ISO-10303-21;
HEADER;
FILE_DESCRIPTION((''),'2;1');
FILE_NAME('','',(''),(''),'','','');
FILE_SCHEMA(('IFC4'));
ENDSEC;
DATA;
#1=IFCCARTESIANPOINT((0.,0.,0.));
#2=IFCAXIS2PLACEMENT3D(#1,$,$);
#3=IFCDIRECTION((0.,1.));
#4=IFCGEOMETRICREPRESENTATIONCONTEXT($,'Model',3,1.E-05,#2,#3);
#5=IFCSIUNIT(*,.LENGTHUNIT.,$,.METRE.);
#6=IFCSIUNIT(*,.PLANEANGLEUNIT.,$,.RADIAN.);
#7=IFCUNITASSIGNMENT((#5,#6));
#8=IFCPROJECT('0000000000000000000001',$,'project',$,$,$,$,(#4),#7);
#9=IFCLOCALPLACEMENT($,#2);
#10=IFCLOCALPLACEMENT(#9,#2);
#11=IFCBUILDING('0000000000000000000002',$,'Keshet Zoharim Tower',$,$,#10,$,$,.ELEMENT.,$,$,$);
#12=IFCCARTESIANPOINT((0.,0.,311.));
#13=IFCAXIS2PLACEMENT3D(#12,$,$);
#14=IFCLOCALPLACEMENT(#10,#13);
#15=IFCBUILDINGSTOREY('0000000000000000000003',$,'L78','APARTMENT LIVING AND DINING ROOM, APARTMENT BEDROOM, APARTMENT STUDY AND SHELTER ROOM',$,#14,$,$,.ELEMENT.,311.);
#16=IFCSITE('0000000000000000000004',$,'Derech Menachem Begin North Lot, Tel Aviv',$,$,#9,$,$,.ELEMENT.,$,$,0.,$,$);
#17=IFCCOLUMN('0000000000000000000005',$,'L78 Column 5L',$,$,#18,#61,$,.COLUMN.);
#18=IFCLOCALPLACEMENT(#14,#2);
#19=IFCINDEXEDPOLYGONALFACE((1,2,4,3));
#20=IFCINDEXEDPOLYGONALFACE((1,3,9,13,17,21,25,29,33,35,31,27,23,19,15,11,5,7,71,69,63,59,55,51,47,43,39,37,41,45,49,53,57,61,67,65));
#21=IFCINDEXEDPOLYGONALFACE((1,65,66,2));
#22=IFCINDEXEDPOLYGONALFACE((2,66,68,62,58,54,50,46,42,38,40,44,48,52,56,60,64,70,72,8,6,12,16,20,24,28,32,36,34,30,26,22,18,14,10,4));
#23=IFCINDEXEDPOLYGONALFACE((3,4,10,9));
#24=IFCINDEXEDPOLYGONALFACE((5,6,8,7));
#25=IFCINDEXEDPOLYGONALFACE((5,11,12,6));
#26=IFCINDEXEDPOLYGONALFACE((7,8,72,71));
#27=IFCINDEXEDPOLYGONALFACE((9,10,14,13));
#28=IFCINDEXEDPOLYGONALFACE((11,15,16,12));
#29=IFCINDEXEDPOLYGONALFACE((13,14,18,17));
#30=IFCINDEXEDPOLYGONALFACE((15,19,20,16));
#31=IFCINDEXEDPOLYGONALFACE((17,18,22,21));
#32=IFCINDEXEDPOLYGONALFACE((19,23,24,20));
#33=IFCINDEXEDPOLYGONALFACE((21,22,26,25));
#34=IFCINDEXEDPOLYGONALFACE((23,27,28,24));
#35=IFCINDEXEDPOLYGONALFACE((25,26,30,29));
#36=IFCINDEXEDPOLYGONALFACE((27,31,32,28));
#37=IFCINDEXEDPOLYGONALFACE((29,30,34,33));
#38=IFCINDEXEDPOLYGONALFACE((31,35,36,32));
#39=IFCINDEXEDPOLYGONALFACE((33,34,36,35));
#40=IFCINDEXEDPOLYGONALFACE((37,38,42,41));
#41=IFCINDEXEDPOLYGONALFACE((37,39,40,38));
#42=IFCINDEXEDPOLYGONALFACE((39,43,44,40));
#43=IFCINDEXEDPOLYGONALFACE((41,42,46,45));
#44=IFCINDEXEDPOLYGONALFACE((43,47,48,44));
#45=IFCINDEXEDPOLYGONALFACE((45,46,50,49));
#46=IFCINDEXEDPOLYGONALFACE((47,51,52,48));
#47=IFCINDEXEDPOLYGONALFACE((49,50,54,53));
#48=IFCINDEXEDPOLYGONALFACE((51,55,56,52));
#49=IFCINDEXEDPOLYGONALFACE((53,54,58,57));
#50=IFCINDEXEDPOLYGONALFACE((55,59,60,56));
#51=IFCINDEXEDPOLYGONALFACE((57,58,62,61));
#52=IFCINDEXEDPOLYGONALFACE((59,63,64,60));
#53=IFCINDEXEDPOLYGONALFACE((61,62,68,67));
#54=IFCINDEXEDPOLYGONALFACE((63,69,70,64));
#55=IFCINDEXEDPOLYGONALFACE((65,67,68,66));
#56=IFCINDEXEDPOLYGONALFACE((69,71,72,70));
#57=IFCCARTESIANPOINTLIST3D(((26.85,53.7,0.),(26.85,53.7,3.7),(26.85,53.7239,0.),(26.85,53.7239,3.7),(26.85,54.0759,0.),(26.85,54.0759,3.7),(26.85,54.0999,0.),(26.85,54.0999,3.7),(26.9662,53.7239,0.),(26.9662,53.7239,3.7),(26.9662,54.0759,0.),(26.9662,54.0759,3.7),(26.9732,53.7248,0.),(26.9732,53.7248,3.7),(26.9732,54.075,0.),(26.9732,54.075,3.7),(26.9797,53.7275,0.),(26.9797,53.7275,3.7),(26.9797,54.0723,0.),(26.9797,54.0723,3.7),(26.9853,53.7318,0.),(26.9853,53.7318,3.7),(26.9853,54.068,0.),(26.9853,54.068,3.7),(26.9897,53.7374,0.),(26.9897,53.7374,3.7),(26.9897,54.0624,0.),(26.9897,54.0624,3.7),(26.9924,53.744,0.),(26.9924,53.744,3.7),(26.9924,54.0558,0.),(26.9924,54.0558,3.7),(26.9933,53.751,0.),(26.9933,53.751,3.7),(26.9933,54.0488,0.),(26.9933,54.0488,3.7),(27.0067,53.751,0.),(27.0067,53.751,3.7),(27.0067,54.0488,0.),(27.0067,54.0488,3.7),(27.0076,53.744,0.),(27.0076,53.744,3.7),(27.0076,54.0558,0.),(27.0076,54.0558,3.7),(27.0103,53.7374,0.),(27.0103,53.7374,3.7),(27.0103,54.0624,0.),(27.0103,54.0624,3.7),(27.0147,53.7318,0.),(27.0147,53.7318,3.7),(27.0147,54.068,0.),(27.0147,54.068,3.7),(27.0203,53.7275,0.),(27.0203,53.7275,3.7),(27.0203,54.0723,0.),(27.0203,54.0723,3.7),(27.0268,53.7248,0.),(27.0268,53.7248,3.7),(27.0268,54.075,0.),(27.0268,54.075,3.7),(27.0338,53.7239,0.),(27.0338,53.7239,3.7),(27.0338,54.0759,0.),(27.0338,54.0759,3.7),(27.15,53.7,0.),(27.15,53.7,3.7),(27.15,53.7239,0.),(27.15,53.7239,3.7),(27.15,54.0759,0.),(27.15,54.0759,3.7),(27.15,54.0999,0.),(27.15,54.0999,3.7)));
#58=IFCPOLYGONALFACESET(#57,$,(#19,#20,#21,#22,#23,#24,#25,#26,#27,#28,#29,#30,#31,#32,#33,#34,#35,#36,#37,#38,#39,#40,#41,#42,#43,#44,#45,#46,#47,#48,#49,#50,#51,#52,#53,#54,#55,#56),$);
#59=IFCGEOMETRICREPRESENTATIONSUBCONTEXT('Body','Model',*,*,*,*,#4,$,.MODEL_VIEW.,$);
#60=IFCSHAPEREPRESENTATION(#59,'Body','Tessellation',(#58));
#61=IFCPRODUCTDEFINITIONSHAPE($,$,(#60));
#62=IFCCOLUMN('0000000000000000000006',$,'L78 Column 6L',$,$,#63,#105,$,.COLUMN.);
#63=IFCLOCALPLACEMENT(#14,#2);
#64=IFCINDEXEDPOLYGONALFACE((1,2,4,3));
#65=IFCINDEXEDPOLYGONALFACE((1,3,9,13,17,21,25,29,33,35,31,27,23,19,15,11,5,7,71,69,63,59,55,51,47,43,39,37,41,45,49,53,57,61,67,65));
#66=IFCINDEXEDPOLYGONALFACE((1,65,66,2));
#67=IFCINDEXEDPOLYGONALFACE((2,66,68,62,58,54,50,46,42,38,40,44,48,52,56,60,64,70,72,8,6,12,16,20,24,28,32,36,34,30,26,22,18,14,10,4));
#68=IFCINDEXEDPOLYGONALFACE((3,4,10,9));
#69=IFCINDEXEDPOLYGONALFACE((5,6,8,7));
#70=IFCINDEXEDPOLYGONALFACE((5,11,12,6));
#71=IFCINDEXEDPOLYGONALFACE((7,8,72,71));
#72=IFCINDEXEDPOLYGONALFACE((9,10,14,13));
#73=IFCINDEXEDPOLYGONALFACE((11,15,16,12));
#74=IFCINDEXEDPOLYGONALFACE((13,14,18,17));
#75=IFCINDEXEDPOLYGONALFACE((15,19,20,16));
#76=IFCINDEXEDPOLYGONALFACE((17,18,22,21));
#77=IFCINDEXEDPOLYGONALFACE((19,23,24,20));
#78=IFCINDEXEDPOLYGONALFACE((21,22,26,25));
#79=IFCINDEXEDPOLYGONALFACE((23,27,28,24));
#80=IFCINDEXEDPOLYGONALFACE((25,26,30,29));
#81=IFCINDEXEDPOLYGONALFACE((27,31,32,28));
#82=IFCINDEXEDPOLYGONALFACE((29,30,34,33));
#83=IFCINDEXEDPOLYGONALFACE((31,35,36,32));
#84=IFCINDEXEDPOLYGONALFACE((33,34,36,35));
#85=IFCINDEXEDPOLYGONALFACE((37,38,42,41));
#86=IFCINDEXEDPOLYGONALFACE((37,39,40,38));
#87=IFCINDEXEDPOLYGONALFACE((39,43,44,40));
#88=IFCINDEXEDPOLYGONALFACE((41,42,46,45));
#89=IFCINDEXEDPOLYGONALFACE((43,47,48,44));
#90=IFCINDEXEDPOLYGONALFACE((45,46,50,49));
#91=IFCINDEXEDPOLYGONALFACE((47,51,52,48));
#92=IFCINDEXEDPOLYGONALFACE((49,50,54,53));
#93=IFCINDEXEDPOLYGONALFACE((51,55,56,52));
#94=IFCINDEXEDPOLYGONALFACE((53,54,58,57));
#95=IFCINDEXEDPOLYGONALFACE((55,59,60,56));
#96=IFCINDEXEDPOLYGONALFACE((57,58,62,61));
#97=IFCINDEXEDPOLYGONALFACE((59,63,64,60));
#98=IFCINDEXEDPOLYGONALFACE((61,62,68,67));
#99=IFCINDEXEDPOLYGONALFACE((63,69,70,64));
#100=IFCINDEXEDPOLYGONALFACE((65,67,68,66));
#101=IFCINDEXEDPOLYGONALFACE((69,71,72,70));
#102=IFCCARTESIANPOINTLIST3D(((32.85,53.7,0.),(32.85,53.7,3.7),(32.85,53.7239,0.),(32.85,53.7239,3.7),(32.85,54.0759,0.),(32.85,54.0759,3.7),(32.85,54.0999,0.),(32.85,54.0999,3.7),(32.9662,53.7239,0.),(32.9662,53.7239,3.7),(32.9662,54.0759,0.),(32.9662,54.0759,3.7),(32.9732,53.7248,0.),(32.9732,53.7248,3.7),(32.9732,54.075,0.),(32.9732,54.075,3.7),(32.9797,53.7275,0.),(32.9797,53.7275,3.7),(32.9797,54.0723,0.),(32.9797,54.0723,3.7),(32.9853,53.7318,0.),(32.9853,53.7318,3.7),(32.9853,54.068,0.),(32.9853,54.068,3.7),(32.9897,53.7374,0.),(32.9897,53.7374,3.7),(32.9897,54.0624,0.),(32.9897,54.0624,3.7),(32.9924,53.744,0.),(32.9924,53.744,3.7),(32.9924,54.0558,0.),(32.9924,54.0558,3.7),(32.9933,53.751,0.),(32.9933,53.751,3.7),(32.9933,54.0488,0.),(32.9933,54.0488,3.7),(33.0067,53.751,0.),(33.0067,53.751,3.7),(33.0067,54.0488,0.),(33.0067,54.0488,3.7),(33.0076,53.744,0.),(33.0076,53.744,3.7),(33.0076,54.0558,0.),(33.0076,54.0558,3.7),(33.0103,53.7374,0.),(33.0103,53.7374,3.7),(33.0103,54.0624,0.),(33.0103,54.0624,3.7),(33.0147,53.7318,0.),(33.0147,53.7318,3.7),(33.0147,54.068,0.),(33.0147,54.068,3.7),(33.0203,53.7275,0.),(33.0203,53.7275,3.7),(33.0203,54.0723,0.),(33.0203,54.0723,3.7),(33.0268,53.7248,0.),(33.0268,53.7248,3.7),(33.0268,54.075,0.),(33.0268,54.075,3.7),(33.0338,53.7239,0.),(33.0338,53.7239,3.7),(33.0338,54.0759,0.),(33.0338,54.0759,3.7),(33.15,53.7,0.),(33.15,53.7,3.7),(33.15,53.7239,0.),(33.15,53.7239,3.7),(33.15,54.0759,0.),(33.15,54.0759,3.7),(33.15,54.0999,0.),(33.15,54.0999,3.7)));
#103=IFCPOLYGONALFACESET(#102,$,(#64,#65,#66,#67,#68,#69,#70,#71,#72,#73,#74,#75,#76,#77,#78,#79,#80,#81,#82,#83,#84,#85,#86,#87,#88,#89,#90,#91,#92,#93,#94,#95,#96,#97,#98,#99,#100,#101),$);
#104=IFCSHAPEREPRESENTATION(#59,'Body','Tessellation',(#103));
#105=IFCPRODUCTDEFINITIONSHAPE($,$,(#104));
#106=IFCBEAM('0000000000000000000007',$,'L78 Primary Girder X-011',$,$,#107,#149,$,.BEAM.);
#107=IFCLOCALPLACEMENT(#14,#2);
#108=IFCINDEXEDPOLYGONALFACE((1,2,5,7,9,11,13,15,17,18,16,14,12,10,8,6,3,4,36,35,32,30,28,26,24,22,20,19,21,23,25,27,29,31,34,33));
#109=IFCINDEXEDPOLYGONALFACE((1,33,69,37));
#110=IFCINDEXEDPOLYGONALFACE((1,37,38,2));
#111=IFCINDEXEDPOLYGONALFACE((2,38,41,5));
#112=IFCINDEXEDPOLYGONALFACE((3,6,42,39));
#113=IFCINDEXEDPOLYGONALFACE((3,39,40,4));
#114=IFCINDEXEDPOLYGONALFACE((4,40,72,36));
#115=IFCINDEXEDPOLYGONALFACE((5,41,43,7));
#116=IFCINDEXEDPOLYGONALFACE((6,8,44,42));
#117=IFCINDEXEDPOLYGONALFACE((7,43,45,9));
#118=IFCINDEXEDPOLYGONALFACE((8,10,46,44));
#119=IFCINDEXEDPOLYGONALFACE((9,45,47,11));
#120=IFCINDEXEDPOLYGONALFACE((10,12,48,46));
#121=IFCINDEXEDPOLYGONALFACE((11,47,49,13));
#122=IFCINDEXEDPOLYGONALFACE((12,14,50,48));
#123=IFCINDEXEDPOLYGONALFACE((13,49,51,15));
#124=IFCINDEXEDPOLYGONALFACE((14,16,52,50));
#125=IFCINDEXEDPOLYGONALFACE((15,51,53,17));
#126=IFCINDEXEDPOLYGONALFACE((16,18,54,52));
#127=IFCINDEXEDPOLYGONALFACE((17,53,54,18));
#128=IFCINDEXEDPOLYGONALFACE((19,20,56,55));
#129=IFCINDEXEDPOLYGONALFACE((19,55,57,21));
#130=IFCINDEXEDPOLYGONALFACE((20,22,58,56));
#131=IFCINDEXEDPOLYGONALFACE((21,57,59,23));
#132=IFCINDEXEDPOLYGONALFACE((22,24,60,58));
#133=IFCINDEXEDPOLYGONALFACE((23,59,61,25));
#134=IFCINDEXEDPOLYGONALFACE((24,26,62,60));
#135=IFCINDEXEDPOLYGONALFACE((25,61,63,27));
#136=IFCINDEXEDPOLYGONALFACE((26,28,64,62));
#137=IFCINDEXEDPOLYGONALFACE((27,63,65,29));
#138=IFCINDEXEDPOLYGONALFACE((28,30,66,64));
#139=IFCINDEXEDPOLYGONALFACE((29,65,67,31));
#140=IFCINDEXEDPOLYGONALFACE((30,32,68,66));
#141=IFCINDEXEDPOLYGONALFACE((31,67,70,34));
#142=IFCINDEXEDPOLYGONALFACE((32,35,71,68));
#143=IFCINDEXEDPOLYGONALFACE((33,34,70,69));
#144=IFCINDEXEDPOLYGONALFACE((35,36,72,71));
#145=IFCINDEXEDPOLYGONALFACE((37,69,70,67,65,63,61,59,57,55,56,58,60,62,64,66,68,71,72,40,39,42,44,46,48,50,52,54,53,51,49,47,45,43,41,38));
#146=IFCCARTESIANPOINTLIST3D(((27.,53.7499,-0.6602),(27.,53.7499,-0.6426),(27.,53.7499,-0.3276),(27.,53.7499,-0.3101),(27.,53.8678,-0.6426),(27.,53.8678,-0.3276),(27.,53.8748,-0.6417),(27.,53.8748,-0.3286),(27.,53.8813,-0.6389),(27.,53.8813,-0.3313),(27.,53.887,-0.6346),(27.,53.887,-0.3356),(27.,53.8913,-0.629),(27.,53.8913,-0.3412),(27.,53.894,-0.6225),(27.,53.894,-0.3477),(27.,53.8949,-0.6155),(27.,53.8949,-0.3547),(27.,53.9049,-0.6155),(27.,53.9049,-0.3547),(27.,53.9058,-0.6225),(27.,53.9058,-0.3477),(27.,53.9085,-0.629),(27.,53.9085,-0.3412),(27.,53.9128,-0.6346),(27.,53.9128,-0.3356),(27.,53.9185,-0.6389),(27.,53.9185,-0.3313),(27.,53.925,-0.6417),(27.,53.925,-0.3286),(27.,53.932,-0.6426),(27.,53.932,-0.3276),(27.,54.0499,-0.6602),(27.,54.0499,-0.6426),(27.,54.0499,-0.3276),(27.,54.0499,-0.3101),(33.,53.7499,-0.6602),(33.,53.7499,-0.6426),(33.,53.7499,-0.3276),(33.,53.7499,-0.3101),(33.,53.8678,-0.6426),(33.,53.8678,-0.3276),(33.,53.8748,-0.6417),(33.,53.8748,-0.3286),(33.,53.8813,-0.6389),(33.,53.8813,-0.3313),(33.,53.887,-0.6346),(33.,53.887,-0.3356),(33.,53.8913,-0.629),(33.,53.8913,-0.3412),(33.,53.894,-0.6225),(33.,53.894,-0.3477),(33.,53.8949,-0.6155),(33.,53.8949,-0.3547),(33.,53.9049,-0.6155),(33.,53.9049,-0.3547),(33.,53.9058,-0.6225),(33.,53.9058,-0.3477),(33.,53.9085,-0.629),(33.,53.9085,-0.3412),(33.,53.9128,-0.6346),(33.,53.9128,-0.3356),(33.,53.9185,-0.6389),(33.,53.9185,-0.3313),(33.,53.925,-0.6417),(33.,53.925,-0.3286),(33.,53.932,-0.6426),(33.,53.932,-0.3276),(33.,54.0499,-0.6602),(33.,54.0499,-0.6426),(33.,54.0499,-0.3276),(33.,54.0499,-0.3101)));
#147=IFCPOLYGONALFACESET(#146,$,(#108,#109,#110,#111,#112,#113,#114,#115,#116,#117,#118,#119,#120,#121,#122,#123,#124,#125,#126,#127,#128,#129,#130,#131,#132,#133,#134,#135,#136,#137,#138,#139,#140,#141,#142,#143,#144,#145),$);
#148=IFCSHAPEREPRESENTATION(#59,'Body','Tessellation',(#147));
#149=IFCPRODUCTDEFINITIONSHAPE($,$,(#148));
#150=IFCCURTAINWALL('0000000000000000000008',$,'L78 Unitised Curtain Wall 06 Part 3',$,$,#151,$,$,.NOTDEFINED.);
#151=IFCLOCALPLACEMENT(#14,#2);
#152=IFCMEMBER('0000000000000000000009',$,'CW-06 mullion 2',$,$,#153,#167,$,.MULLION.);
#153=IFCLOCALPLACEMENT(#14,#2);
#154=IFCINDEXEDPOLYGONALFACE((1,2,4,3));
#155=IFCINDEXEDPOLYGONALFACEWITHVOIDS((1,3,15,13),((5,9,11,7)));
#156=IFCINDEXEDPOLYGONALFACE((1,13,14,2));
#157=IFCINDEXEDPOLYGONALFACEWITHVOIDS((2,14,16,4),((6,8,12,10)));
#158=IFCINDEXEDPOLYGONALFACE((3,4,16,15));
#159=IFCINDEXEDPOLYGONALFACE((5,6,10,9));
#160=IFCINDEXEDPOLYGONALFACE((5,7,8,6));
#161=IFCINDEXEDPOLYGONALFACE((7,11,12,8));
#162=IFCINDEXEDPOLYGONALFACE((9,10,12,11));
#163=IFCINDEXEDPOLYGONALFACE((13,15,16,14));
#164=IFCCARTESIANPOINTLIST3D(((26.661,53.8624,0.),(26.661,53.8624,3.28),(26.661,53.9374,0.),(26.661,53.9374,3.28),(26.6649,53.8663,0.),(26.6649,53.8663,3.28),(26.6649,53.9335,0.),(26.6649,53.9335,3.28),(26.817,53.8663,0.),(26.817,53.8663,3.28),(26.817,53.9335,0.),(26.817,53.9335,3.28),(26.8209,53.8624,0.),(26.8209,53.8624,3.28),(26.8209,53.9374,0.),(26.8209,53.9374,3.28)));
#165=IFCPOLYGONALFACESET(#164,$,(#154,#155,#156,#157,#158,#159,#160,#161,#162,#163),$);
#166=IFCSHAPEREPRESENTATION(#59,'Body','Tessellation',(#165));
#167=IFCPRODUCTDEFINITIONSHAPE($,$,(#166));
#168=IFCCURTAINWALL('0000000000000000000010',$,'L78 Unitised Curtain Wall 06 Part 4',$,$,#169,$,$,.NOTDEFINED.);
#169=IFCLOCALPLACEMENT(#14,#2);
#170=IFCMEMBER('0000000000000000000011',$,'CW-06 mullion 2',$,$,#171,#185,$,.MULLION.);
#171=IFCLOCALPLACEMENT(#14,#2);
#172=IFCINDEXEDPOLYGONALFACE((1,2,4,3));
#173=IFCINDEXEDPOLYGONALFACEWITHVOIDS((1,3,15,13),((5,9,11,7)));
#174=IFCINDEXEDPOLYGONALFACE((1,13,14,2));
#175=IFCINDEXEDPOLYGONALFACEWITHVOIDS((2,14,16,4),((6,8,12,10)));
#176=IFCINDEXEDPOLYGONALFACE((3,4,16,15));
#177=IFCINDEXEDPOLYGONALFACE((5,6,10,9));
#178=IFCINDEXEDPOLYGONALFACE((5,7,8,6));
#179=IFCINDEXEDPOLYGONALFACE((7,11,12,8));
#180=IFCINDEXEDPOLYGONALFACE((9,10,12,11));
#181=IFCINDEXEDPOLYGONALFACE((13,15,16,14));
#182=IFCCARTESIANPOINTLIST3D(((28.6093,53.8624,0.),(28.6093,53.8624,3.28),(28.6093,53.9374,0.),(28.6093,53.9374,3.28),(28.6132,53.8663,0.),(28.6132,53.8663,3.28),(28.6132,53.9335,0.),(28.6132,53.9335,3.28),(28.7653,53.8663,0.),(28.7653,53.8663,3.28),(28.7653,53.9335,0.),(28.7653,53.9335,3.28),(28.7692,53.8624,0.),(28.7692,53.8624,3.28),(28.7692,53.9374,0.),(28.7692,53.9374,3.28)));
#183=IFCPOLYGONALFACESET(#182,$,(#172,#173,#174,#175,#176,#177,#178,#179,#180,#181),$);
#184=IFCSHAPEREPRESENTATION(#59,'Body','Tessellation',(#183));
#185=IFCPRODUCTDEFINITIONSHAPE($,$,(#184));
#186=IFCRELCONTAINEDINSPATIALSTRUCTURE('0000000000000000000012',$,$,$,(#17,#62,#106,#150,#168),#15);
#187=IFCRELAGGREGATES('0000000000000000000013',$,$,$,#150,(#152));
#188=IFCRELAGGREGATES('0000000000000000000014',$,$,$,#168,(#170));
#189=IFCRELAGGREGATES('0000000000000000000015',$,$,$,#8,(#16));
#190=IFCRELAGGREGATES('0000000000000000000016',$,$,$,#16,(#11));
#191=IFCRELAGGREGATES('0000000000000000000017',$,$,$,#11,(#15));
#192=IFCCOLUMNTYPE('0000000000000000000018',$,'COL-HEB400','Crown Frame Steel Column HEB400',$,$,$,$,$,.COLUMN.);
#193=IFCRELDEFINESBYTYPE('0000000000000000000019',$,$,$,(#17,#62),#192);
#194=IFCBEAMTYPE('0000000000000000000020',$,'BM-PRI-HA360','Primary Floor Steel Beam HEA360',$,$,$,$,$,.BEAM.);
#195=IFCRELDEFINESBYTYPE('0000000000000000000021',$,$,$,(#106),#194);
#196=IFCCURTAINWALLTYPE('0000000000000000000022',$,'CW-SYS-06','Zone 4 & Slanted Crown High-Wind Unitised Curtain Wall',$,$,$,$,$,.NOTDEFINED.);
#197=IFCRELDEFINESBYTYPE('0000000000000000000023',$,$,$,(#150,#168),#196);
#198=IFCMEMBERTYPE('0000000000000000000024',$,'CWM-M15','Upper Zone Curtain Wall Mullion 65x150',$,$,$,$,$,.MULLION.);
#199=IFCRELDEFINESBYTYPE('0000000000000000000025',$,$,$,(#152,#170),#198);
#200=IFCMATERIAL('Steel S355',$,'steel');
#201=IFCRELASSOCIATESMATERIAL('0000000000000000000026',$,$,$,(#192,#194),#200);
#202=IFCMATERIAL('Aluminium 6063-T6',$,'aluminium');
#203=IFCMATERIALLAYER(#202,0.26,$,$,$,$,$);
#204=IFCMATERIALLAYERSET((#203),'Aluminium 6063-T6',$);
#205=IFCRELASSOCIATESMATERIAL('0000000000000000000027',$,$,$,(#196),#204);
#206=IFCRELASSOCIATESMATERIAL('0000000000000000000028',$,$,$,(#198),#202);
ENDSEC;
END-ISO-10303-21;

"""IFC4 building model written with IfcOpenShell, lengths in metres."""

from ifc_helpers import new_model, si_unit, direction, frame, origin, origin_2d, place, context, subcontext, project, spatial, hollow_rectangle, i_section, extrude, material, layer, layer_set, material_profile, profile_set, type_object, element, aggregate, save


model = new_model("IFC4")

# Units and contexts
model_context = context("Model", 3, precision=1e-05, world=origin(), true_north=direction((0.0, 1.0)))
body_context = subcontext(model_context, "Body", "Model", "MODEL_VIEW")
ifc_project = project(units=[si_unit("LENGTHUNIT", "METRE"), si_unit("PLANEANGLEUNIT", "RADIAN")], contexts=[model_context])

# Site, building, storey
site_placement = place(None, origin())
site = spatial("IfcSite", under=ifc_project, at=site_placement, Name="Derech Menachem Begin North Lot, Tel Aviv", CompositionType="ELEMENT", RefElevation=0.0)
building_placement = place(site_placement, origin())
building = spatial("IfcBuilding", under=site, at=building_placement, Name="Keshet Zoharim Tower", CompositionType="ELEMENT")
storey_placement = place(building_placement, frame((0.0, 0.0, 311.0)))
storey = spatial("IfcBuildingStorey", under=building, at=storey_placement, Name="L78", Description="APARTMENT LIVING AND DINING ROOM, APARTMENT BEDROOM, APARTMENT STUDY AND SHELTER ROOM", CompositionType="ELEMENT", Elevation=311.0)

# Columns
ifc_material_1 = material(Name="Steel S355", Category="steel")
ifc_material_profile_1 = material_profile(ifc_material_1, i_section(OverallWidth=0.3, OverallDepth=0.3999, WebThickness=0.0134, FlangeThickness=0.0239, FilletRadius=0.0271, at=origin_2d()), Name="HEB400")
ifc_profile_set_1 = profile_set([ifc_material_profile_1], Name="Steel S355")
column_type = type_object("IfcColumnType", Name="COL-HEB400", Description="Crown Frame Steel Column HEB400", PredefinedType="COLUMN", material=ifc_profile_set_1)
for number, where, z_axis, x_axis, name in (
    (1, (27.0, 53.8999, 0.0), (0.0, 0.0, 1.0), (1.0, 0.0, 0.0), "L78 Column 5L"),
    (2, (33.0, 53.8999, 0.0), (0.0, 0.0, 1.0), (1.0, 0.0, 0.0), "L78 Column 6L"),
):
    element("IfcColumn", number, at=place(storey_placement, frame(where, z_axis=z_axis, x_axis=x_axis)), inside=storey, type_object=column_type, Name=name, PredefinedType="COLUMN", context=body_context, shape_type="SweptSolid", body=[
        extrude(i_section(OverallWidth=0.3, OverallDepth=0.3999, WebThickness=0.0134, FlangeThickness=0.0239, FilletRadius=0.0271, at=origin_2d()), origin(), (0.0, 0.0, 1.0), 3.7),
    ])

# Beam
ifc_material_profile_2 = material_profile(ifc_material_1, i_section(OverallWidth=0.3, OverallDepth=0.3501, WebThickness=0.01, FlangeThickness=0.0176, FilletRadius=0.0271, at=origin_2d()), Name="HEA360")
ifc_profile_set_2 = profile_set([ifc_material_profile_2], Name="Steel S355")
beam_type = type_object("IfcBeamType", Name="BM-PRI-HA360", Description="Primary Floor Steel Beam HEA360", PredefinedType="BEAM", material=ifc_profile_set_2)
beam_placement = place(storey_placement, frame((27.0, 53.8999, -0.4851), z_axis=(1.0, 0.0, 0.0), x_axis=(0.0, 1.0, 0.0)))
element("IfcBeam", 3, at=beam_placement, inside=storey, type_object=beam_type, Name="L78 Primary Girder X-011", PredefinedType="BEAM", context=body_context, shape_type="SweptSolid", body=[
    extrude(i_section(OverallWidth=0.3, OverallDepth=0.3501, WebThickness=0.01, FlangeThickness=0.0176, FilletRadius=0.0271, at=origin_2d()), origin(), (0.0, 0.0, 1.0), 6.0),
])

# Curtain wall, member
ifc_material_2 = material(Name="Aluminium 6063-T6", Category="aluminium")
ifc_layer_1 = layer(ifc_material_2, 0.26)
ifc_layer_set_1 = layer_set([ifc_layer_1], Name="Aluminium 6063-T6")
curtain_wall_type = type_object("IfcCurtainWallType", Name="CW-SYS-06", Description="Zone 4 & Slanted Crown High-Wind Unitised Curtain Wall", PredefinedType="NOTDEFINED", material=ifc_layer_set_1)
curtain_wall_1_placement = place(storey_placement, origin())
curtain_wall_1 = element("IfcCurtainWall", 4, at=curtain_wall_1_placement, inside=storey, type_object=curtain_wall_type, Name="L78 Unitised Curtain Wall 06 Part 3", PredefinedType="NOTDEFINED")
ifc_material_profile_3 = material_profile(ifc_material_2, hollow_rectangle(XDim=0.075, YDim=0.1599, WallThickness=0.0039, at=origin_2d()), Name="MUL-75x160")
ifc_profile_set_3 = profile_set([ifc_material_profile_3], Name="Aluminium 6063-T6")
member_type_1 = type_object("IfcMemberType", Name="CWM-M15", Description="Upper Zone Curtain Wall Mullion 65x150", PredefinedType="MULLION", material=ifc_profile_set_3)
member_1_placement = place(storey_placement, frame((26.741, 53.8999, 0.0), z_axis=(0.0, 0.0, 1.0), x_axis=(0.0, 1.0, 0.0)))
member_1 = element("IfcMember", 5, at=member_1_placement, type_object=member_type_1, Name="CW-06 mullion 2", PredefinedType="MULLION", context=body_context, shape_type="SweptSolid", body=[
    extrude(hollow_rectangle(XDim=0.075, YDim=0.1599, WallThickness=0.0039, at=origin_2d()), origin(), (0.0, 0.0, 1.0), 3.28),
])

# Curtain wall, member
curtain_wall_2_placement = place(storey_placement, origin())
curtain_wall_2 = element("IfcCurtainWall", 6, at=curtain_wall_2_placement, inside=storey, type_object=curtain_wall_type, Name="L78 Unitised Curtain Wall 06 Part 4", PredefinedType="NOTDEFINED")
member_2_placement = place(storey_placement, frame((28.6892, 53.8999, 0.0), z_axis=(0.0, 0.0, 1.0), x_axis=(0.0, 1.0, 0.0)))
member_2 = element("IfcMember", 7, at=member_2_placement, type_object=member_type_1, Name="CW-06 mullion 2", PredefinedType="MULLION", context=body_context, shape_type="SweptSolid", body=[
    extrude(hollow_rectangle(XDim=0.075, YDim=0.1599, WallThickness=0.0039, at=origin_2d()), origin(), (0.0, 0.0, 1.0), 3.28),
])

aggregate(curtain_wall_1, [member_1])
aggregate(curtain_wall_2, [member_2])

save(model, "model.ifc")
